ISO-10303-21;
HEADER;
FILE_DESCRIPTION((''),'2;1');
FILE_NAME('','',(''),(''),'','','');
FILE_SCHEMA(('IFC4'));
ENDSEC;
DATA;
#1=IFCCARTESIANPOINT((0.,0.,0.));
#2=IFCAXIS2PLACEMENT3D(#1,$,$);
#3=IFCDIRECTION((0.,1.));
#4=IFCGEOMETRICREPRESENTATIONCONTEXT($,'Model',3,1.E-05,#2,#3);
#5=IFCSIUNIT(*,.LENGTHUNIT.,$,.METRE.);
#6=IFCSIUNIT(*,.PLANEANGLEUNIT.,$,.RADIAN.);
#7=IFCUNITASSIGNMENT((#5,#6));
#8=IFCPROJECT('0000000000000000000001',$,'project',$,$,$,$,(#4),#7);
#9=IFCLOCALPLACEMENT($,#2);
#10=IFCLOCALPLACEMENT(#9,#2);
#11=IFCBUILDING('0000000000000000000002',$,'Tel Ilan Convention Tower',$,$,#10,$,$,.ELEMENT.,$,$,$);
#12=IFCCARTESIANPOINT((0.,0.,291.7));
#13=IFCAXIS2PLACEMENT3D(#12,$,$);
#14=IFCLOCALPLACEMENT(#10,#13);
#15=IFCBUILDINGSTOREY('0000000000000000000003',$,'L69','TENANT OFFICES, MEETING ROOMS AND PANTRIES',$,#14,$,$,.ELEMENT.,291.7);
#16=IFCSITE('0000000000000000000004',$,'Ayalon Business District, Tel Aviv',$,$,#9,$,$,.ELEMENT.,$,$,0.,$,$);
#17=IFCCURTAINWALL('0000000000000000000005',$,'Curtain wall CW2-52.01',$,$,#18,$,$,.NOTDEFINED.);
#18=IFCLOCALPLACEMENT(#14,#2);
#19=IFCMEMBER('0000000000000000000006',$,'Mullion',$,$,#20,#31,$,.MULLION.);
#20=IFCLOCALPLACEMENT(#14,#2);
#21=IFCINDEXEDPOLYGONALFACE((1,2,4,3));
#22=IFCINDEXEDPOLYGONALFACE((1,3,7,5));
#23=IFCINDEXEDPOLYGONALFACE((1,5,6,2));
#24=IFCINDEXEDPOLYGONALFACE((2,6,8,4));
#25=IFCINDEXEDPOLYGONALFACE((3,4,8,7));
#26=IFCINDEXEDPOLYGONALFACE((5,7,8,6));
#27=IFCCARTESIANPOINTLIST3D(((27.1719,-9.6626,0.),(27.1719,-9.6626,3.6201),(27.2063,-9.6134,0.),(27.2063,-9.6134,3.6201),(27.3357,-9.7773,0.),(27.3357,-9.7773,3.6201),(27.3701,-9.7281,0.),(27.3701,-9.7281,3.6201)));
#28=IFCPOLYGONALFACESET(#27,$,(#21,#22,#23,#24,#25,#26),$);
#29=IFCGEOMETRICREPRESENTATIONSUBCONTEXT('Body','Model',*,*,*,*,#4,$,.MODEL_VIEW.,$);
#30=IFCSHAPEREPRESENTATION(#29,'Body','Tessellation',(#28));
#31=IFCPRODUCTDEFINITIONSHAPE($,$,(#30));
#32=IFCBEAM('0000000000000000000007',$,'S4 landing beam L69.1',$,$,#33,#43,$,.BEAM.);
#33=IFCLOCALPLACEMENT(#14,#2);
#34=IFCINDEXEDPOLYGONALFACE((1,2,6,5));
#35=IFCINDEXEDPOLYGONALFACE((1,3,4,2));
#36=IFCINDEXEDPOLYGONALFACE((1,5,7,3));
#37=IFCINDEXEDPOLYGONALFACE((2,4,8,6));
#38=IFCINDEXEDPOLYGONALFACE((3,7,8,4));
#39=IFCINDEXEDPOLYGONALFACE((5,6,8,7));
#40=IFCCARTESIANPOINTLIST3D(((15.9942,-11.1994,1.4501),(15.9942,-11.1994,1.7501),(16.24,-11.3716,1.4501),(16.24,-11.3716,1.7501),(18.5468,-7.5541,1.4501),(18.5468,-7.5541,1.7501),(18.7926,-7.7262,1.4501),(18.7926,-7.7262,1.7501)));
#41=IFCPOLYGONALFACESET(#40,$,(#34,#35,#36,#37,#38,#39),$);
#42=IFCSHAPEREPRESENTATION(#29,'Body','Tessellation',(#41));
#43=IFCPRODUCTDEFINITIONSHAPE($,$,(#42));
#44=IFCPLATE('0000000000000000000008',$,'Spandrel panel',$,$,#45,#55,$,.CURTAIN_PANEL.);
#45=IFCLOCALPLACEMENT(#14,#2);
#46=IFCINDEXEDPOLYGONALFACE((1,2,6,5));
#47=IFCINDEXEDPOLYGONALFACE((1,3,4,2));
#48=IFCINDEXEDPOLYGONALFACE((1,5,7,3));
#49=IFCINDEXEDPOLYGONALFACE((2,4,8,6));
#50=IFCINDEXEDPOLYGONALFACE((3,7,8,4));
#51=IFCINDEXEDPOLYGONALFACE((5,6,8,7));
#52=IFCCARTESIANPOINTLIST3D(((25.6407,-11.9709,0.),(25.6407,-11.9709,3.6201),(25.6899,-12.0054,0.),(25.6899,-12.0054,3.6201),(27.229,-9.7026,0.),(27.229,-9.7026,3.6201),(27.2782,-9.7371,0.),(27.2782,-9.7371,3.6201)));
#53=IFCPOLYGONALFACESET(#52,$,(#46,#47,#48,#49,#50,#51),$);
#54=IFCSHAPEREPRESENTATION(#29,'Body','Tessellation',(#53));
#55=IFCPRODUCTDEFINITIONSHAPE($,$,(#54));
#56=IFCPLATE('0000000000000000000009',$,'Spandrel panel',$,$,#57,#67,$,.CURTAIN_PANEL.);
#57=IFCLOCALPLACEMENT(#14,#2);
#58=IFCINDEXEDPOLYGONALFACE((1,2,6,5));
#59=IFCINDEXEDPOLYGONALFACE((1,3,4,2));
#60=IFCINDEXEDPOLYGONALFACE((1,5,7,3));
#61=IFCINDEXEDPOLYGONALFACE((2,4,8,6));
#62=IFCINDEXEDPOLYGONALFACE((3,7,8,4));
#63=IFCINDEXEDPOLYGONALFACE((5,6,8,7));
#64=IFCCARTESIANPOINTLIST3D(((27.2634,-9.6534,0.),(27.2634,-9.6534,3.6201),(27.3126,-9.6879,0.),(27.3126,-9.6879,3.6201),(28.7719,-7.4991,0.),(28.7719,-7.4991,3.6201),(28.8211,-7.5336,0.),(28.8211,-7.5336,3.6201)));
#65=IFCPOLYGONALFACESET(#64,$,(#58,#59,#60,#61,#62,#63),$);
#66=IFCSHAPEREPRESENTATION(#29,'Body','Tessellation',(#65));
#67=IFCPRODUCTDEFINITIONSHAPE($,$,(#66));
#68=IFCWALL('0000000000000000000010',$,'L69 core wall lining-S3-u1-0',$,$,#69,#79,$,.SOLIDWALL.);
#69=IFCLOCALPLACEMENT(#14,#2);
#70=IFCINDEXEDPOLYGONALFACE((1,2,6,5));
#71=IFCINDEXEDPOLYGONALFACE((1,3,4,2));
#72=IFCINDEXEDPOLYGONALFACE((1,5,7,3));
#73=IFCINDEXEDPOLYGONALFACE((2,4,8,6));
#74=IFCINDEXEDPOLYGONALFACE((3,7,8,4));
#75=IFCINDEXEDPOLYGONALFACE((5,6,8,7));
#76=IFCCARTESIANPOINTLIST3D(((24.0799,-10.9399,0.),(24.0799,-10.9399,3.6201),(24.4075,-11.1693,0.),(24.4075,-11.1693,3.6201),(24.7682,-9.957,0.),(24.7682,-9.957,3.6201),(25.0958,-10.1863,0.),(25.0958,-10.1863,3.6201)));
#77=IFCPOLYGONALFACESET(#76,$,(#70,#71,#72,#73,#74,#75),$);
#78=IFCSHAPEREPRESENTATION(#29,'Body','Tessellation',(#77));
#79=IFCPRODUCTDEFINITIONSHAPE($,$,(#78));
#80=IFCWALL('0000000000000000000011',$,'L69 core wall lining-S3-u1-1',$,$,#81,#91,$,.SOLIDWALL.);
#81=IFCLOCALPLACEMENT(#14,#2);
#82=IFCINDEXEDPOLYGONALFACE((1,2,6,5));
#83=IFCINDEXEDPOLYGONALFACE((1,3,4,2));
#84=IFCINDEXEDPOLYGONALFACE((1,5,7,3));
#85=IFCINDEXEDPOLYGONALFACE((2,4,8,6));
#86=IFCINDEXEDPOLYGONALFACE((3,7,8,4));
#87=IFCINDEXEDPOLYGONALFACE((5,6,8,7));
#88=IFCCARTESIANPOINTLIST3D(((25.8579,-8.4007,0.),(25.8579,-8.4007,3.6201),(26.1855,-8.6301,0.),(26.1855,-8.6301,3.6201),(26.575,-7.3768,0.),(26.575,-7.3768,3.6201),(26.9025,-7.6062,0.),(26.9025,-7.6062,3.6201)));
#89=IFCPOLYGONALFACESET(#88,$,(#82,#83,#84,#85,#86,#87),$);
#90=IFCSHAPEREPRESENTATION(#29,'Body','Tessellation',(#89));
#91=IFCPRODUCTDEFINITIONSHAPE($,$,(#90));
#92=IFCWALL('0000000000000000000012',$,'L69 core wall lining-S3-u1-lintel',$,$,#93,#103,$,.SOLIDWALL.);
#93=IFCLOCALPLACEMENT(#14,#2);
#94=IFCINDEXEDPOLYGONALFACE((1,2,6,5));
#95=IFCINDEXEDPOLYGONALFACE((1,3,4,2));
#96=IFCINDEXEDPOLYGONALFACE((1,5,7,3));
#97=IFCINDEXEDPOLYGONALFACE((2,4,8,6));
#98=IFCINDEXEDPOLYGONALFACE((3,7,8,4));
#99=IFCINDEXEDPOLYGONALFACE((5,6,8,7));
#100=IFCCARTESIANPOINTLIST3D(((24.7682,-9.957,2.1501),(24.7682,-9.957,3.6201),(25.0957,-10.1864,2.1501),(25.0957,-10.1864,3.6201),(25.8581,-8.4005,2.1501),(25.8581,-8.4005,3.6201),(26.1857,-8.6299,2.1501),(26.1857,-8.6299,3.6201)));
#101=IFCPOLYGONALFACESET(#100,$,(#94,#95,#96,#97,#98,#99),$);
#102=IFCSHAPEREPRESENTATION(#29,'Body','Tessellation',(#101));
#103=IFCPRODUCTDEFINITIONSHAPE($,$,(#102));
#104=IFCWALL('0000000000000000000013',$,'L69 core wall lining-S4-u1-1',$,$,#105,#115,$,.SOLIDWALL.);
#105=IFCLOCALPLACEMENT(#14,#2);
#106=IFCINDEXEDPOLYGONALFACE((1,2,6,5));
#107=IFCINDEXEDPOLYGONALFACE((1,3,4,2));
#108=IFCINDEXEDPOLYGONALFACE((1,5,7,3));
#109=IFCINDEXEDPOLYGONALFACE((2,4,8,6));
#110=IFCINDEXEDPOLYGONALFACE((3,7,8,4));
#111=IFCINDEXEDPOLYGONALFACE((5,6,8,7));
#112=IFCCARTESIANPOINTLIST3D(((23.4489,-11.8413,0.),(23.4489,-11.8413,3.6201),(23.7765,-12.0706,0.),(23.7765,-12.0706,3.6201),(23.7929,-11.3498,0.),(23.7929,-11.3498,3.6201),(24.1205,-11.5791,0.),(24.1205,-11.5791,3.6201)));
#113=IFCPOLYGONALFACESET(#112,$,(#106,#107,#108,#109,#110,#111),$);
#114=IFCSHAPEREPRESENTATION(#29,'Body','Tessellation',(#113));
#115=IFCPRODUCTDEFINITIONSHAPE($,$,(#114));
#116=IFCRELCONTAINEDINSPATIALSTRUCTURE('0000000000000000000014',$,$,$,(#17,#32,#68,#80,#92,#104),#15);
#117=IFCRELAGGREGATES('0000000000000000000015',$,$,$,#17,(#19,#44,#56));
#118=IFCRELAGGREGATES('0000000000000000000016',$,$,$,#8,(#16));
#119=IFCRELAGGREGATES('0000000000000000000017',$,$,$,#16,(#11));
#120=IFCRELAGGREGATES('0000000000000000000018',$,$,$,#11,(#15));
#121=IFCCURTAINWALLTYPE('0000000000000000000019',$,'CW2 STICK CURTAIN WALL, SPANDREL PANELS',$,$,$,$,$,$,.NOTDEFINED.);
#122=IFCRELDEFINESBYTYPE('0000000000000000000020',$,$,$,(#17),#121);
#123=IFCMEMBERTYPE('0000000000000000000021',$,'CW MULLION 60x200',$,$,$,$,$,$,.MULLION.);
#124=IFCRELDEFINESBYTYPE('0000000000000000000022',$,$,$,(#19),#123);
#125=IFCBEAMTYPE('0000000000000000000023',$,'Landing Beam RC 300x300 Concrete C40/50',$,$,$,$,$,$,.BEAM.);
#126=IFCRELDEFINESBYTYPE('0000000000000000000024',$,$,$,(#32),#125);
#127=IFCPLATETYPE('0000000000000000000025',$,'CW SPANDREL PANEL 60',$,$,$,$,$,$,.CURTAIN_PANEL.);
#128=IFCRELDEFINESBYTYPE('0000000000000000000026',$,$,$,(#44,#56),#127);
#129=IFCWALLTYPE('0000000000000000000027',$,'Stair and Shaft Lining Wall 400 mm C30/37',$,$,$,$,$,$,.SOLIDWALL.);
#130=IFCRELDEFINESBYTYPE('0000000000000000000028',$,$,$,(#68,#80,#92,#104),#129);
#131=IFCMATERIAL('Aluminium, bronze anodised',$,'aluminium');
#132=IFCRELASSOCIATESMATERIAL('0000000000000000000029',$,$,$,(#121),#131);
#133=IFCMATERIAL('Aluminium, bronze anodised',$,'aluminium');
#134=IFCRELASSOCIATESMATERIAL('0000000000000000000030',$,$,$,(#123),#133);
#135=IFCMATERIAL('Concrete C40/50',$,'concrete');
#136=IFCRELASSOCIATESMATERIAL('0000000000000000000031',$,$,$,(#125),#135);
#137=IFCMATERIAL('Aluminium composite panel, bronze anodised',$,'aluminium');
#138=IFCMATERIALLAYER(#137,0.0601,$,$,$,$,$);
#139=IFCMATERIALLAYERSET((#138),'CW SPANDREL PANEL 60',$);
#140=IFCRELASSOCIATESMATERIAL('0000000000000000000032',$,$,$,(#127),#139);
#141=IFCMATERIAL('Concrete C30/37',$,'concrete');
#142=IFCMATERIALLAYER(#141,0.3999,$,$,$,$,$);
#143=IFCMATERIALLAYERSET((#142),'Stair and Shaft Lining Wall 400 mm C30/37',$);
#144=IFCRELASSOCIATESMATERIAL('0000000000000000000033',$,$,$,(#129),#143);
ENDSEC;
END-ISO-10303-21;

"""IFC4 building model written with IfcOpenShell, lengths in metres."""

from ifc_helpers import new_model, si_unit, direction, frame, frame_2d, origin, origin_2d, place, context, subcontext, project, spatial, rectangle, extrude, material, layer, layer_set, material_profile, profile_set, type_object, element, aggregate, save


model = new_model("IFC4")

# Units and contexts
model_context = context("Model", 3, precision=1e-05, world=origin(), true_north=direction((0.0, 1.0)))
body_context = subcontext(model_context, "Body", "Model", "MODEL_VIEW")
ifc_project = project(units=[si_unit("LENGTHUNIT", "METRE"), si_unit("PLANEANGLEUNIT", "RADIAN")], contexts=[model_context])

# Site, building, storey
site_placement = place(None, origin())
site = spatial("IfcSite", under=ifc_project, at=site_placement, Name="Ayalon Business District, Tel Aviv", CompositionType="ELEMENT", RefElevation=0.0)
building_placement = place(site_placement, origin())
building = spatial("IfcBuilding", under=site, at=building_placement, Name="Tel Ilan Convention Tower", CompositionType="ELEMENT")
storey_placement = place(building_placement, frame((0.0, 0.0, 291.7)))
storey = spatial("IfcBuildingStorey", under=building, at=storey_placement, Name="L69", Description="TENANT OFFICES, MEETING ROOMS AND PANTRIES", CompositionType="ELEMENT", Elevation=291.7)

# Curtain wall, member
ifc_material_1 = material(Name="Aluminium, bronze anodised", Category="aluminium")
curtain_wall_type = type_object("IfcCurtainWallType", Name="CW2 STICK CURTAIN WALL, SPANDREL PANELS", PredefinedType="NOTDEFINED", material=ifc_material_1)
curtain_wall_placement = place(storey_placement, origin())
curtain_wall = element("IfcCurtainWall", 1, at=curtain_wall_placement, inside=storey, type_object=curtain_wall_type, Name="Curtain wall CW2-52.01", PredefinedType="NOTDEFINED")
ifc_material_2 = material(Name="Aluminium, bronze anodised", Category="aluminium")
ifc_material_profile_1 = material_profile(ifc_material_2, rectangle(XDim=0.0601, YDim=0.2, at=origin_2d()), Name="CW MULLION 60x200")
ifc_profile_set_1 = profile_set([ifc_material_profile_1], Name="Aluminium, bronze anodised")
member_type = type_object("IfcMemberType", Name="CW MULLION 60x200", PredefinedType="MULLION", material=ifc_profile_set_1)
member_placement = place(storey_placement, frame((27.271, -9.6953, 0.0), z_axis=(0.0, 0.0, 1.0), x_axis=(0.573576, 0.819152, 0.0)))
member = element("IfcMember", 2, at=member_placement, type_object=member_type, Name="Mullion", PredefinedType="MULLION", context=body_context, shape_type="SweptSolid", body=[
    extrude(rectangle(XDim=0.0601, YDim=0.2, at=origin_2d()), origin(), (0.0, 0.0, 1.0), 3.6201),
])

# Beam
ifc_material_3 = material(Name="Concrete C40/50", Category="concrete")
ifc_material_profile_2 = material_profile(ifc_material_3, rectangle(XDim=0.3, YDim=0.3, at=origin_2d()), Name="RC 300x300")
ifc_profile_set_2 = profile_set([ifc_material_profile_2], Name="Concrete C40/50")
beam_type = type_object("IfcBeamType", Name="Landing Beam RC 300x300 Concrete C40/50", PredefinedType="BEAM", material=ifc_profile_set_2)
beam_placement = place(storey_placement, frame((18.6697, -7.6401, 1.6001), z_axis=(-0.573584, -0.819147, 0.0), x_axis=(0.819147, -0.573584, 0.0)))
element("IfcBeam", 3, at=beam_placement, inside=storey, type_object=beam_type, Name="S4 landing beam L69.1", PredefinedType="BEAM", context=body_context, shape_type="SweptSolid", body=[
    extrude(rectangle(XDim=0.3, YDim=0.3, at=origin_2d()), origin(), (0.0, 0.0, 1.0), 4.4502),
])

# Plates
ifc_material_4 = material(Name="Aluminium composite panel, bronze anodised", Category="aluminium")
ifc_layer_1 = layer(ifc_material_4, 0.0601)
ifc_layer_set_1 = layer_set([ifc_layer_1], Name="CW SPANDREL PANEL 60")
plate_type = type_object("IfcPlateType", Name="CW SPANDREL PANEL 60", PredefinedType="CURTAIN_PANEL", material=ifc_layer_set_1)
plate_1_placement = place(storey_placement, frame((26.4595, -10.854, 0.0), z_axis=(0.0, 0.0, 1.0), x_axis=(0.573576, 0.819152, 0.0)))
plate_1 = element("IfcPlate", 4, at=plate_1_placement, type_object=plate_type, Name="Spandrel panel", PredefinedType="CURTAIN_PANEL", context=body_context, shape_type="SweptSolid", body=[
    extrude(rectangle(XDim=2.769, YDim=0.0601, at=origin_2d()), origin(), (0.0, 0.0, 1.0), 3.6201),
])
plate_2_placement = place(storey_placement, frame((28.0422, -8.5935, 0.0), z_axis=(0.0, 0.0, 1.0), x_axis=(0.573576, 0.819152, 0.0)))
plate_2 = element("IfcPlate", 5, at=plate_2_placement, type_object=plate_type, Name="Spandrel panel", PredefinedType="CURTAIN_PANEL", context=body_context, shape_type="SweptSolid", body=[
    extrude(rectangle(XDim=2.6299, YDim=0.0601, at=origin_2d()), origin(), (0.0, 0.0, 1.0), 3.6201),
])
aggregate(curtain_wall, [member, plate_1, plate_2])

# Walls
ifc_material_5 = material(Name="Concrete C30/37", Category="concrete")
ifc_layer_2 = layer(ifc_material_5, 0.3999)
ifc_layer_set_2 = layer_set([ifc_layer_2], Name="Stair and Shaft Lining Wall 400 mm C30/37")
wall_type = type_object("IfcWallType", Name="Stair and Shaft Lining Wall 400 mm C30/37", PredefinedType="SOLIDWALL", material=ifc_layer_set_2)
wall_1_placement = place(storey_placement, frame((24.2437, -11.0547, 0.0), z_axis=(0.0, 0.0, 1.0), x_axis=(0.573572, 0.819155, 0.0)))
element("IfcWall", 6, at=wall_1_placement, inside=storey, type_object=wall_type, Name="L69 core wall lining-S3-u1-0", PredefinedType="SOLIDWALL", context=body_context, shape_type="SweptSolid", body=[
    extrude(rectangle(XDim=1.2, YDim=0.3999, at=frame_2d((0.6001, 0.0))), origin(), (0.0, 0.0, 1.0), 3.6201),
])
wall_2_placement = place(storey_placement, frame((26.0217, -8.5154, 0.0), z_axis=(0.0, 0.0, 1.0), x_axis=(0.57362, 0.819122, 0.0)))
element("IfcWall", 7, at=wall_2_placement, inside=storey, type_object=wall_type, Name="L69 core wall lining-S3-u1-1", PredefinedType="SOLIDWALL", context=body_context, shape_type="SweptSolid", body=[
    extrude(rectangle(XDim=1.25, YDim=0.3999, at=frame_2d((0.625, 0.0))), origin(), (0.0, 0.0, 1.0), 3.6201),
])
wall_3_placement = place(storey_placement, frame((24.9319, -10.0718, 2.1501), z_axis=(0.0, 0.0, 1.0), x_axis=(0.573592, 0.819141, 0.0)))
element("IfcWall", 8, at=wall_3_placement, inside=storey, type_object=wall_type, Name="L69 core wall lining-S3-u1-lintel", PredefinedType="SOLIDWALL", context=body_context, shape_type="SweptSolid", body=[
    extrude(rectangle(XDim=1.9001, YDim=0.3999, at=frame_2d((0.9502, 0.0))), origin(), (0.0, 0.0, 1.0), 1.47),
])
wall_4_placement = place(storey_placement, frame((23.6128, -11.9558, 0.0), z_axis=(0.0, 0.0, 1.0), x_axis=(0.573435, 0.819251, 0.0)))
element("IfcWall", 9, at=wall_4_placement, inside=storey, type_object=wall_type, Name="L69 core wall lining-S4-u1-1", PredefinedType="SOLIDWALL", context=body_context, shape_type="SweptSolid", body=[
    extrude(rectangle(XDim=0.5999, YDim=0.3999, at=frame_2d((0.2998, 0.0))), origin(), (0.0, 0.0, 1.0), 3.6201),
])

save(model, "model.ifc")
